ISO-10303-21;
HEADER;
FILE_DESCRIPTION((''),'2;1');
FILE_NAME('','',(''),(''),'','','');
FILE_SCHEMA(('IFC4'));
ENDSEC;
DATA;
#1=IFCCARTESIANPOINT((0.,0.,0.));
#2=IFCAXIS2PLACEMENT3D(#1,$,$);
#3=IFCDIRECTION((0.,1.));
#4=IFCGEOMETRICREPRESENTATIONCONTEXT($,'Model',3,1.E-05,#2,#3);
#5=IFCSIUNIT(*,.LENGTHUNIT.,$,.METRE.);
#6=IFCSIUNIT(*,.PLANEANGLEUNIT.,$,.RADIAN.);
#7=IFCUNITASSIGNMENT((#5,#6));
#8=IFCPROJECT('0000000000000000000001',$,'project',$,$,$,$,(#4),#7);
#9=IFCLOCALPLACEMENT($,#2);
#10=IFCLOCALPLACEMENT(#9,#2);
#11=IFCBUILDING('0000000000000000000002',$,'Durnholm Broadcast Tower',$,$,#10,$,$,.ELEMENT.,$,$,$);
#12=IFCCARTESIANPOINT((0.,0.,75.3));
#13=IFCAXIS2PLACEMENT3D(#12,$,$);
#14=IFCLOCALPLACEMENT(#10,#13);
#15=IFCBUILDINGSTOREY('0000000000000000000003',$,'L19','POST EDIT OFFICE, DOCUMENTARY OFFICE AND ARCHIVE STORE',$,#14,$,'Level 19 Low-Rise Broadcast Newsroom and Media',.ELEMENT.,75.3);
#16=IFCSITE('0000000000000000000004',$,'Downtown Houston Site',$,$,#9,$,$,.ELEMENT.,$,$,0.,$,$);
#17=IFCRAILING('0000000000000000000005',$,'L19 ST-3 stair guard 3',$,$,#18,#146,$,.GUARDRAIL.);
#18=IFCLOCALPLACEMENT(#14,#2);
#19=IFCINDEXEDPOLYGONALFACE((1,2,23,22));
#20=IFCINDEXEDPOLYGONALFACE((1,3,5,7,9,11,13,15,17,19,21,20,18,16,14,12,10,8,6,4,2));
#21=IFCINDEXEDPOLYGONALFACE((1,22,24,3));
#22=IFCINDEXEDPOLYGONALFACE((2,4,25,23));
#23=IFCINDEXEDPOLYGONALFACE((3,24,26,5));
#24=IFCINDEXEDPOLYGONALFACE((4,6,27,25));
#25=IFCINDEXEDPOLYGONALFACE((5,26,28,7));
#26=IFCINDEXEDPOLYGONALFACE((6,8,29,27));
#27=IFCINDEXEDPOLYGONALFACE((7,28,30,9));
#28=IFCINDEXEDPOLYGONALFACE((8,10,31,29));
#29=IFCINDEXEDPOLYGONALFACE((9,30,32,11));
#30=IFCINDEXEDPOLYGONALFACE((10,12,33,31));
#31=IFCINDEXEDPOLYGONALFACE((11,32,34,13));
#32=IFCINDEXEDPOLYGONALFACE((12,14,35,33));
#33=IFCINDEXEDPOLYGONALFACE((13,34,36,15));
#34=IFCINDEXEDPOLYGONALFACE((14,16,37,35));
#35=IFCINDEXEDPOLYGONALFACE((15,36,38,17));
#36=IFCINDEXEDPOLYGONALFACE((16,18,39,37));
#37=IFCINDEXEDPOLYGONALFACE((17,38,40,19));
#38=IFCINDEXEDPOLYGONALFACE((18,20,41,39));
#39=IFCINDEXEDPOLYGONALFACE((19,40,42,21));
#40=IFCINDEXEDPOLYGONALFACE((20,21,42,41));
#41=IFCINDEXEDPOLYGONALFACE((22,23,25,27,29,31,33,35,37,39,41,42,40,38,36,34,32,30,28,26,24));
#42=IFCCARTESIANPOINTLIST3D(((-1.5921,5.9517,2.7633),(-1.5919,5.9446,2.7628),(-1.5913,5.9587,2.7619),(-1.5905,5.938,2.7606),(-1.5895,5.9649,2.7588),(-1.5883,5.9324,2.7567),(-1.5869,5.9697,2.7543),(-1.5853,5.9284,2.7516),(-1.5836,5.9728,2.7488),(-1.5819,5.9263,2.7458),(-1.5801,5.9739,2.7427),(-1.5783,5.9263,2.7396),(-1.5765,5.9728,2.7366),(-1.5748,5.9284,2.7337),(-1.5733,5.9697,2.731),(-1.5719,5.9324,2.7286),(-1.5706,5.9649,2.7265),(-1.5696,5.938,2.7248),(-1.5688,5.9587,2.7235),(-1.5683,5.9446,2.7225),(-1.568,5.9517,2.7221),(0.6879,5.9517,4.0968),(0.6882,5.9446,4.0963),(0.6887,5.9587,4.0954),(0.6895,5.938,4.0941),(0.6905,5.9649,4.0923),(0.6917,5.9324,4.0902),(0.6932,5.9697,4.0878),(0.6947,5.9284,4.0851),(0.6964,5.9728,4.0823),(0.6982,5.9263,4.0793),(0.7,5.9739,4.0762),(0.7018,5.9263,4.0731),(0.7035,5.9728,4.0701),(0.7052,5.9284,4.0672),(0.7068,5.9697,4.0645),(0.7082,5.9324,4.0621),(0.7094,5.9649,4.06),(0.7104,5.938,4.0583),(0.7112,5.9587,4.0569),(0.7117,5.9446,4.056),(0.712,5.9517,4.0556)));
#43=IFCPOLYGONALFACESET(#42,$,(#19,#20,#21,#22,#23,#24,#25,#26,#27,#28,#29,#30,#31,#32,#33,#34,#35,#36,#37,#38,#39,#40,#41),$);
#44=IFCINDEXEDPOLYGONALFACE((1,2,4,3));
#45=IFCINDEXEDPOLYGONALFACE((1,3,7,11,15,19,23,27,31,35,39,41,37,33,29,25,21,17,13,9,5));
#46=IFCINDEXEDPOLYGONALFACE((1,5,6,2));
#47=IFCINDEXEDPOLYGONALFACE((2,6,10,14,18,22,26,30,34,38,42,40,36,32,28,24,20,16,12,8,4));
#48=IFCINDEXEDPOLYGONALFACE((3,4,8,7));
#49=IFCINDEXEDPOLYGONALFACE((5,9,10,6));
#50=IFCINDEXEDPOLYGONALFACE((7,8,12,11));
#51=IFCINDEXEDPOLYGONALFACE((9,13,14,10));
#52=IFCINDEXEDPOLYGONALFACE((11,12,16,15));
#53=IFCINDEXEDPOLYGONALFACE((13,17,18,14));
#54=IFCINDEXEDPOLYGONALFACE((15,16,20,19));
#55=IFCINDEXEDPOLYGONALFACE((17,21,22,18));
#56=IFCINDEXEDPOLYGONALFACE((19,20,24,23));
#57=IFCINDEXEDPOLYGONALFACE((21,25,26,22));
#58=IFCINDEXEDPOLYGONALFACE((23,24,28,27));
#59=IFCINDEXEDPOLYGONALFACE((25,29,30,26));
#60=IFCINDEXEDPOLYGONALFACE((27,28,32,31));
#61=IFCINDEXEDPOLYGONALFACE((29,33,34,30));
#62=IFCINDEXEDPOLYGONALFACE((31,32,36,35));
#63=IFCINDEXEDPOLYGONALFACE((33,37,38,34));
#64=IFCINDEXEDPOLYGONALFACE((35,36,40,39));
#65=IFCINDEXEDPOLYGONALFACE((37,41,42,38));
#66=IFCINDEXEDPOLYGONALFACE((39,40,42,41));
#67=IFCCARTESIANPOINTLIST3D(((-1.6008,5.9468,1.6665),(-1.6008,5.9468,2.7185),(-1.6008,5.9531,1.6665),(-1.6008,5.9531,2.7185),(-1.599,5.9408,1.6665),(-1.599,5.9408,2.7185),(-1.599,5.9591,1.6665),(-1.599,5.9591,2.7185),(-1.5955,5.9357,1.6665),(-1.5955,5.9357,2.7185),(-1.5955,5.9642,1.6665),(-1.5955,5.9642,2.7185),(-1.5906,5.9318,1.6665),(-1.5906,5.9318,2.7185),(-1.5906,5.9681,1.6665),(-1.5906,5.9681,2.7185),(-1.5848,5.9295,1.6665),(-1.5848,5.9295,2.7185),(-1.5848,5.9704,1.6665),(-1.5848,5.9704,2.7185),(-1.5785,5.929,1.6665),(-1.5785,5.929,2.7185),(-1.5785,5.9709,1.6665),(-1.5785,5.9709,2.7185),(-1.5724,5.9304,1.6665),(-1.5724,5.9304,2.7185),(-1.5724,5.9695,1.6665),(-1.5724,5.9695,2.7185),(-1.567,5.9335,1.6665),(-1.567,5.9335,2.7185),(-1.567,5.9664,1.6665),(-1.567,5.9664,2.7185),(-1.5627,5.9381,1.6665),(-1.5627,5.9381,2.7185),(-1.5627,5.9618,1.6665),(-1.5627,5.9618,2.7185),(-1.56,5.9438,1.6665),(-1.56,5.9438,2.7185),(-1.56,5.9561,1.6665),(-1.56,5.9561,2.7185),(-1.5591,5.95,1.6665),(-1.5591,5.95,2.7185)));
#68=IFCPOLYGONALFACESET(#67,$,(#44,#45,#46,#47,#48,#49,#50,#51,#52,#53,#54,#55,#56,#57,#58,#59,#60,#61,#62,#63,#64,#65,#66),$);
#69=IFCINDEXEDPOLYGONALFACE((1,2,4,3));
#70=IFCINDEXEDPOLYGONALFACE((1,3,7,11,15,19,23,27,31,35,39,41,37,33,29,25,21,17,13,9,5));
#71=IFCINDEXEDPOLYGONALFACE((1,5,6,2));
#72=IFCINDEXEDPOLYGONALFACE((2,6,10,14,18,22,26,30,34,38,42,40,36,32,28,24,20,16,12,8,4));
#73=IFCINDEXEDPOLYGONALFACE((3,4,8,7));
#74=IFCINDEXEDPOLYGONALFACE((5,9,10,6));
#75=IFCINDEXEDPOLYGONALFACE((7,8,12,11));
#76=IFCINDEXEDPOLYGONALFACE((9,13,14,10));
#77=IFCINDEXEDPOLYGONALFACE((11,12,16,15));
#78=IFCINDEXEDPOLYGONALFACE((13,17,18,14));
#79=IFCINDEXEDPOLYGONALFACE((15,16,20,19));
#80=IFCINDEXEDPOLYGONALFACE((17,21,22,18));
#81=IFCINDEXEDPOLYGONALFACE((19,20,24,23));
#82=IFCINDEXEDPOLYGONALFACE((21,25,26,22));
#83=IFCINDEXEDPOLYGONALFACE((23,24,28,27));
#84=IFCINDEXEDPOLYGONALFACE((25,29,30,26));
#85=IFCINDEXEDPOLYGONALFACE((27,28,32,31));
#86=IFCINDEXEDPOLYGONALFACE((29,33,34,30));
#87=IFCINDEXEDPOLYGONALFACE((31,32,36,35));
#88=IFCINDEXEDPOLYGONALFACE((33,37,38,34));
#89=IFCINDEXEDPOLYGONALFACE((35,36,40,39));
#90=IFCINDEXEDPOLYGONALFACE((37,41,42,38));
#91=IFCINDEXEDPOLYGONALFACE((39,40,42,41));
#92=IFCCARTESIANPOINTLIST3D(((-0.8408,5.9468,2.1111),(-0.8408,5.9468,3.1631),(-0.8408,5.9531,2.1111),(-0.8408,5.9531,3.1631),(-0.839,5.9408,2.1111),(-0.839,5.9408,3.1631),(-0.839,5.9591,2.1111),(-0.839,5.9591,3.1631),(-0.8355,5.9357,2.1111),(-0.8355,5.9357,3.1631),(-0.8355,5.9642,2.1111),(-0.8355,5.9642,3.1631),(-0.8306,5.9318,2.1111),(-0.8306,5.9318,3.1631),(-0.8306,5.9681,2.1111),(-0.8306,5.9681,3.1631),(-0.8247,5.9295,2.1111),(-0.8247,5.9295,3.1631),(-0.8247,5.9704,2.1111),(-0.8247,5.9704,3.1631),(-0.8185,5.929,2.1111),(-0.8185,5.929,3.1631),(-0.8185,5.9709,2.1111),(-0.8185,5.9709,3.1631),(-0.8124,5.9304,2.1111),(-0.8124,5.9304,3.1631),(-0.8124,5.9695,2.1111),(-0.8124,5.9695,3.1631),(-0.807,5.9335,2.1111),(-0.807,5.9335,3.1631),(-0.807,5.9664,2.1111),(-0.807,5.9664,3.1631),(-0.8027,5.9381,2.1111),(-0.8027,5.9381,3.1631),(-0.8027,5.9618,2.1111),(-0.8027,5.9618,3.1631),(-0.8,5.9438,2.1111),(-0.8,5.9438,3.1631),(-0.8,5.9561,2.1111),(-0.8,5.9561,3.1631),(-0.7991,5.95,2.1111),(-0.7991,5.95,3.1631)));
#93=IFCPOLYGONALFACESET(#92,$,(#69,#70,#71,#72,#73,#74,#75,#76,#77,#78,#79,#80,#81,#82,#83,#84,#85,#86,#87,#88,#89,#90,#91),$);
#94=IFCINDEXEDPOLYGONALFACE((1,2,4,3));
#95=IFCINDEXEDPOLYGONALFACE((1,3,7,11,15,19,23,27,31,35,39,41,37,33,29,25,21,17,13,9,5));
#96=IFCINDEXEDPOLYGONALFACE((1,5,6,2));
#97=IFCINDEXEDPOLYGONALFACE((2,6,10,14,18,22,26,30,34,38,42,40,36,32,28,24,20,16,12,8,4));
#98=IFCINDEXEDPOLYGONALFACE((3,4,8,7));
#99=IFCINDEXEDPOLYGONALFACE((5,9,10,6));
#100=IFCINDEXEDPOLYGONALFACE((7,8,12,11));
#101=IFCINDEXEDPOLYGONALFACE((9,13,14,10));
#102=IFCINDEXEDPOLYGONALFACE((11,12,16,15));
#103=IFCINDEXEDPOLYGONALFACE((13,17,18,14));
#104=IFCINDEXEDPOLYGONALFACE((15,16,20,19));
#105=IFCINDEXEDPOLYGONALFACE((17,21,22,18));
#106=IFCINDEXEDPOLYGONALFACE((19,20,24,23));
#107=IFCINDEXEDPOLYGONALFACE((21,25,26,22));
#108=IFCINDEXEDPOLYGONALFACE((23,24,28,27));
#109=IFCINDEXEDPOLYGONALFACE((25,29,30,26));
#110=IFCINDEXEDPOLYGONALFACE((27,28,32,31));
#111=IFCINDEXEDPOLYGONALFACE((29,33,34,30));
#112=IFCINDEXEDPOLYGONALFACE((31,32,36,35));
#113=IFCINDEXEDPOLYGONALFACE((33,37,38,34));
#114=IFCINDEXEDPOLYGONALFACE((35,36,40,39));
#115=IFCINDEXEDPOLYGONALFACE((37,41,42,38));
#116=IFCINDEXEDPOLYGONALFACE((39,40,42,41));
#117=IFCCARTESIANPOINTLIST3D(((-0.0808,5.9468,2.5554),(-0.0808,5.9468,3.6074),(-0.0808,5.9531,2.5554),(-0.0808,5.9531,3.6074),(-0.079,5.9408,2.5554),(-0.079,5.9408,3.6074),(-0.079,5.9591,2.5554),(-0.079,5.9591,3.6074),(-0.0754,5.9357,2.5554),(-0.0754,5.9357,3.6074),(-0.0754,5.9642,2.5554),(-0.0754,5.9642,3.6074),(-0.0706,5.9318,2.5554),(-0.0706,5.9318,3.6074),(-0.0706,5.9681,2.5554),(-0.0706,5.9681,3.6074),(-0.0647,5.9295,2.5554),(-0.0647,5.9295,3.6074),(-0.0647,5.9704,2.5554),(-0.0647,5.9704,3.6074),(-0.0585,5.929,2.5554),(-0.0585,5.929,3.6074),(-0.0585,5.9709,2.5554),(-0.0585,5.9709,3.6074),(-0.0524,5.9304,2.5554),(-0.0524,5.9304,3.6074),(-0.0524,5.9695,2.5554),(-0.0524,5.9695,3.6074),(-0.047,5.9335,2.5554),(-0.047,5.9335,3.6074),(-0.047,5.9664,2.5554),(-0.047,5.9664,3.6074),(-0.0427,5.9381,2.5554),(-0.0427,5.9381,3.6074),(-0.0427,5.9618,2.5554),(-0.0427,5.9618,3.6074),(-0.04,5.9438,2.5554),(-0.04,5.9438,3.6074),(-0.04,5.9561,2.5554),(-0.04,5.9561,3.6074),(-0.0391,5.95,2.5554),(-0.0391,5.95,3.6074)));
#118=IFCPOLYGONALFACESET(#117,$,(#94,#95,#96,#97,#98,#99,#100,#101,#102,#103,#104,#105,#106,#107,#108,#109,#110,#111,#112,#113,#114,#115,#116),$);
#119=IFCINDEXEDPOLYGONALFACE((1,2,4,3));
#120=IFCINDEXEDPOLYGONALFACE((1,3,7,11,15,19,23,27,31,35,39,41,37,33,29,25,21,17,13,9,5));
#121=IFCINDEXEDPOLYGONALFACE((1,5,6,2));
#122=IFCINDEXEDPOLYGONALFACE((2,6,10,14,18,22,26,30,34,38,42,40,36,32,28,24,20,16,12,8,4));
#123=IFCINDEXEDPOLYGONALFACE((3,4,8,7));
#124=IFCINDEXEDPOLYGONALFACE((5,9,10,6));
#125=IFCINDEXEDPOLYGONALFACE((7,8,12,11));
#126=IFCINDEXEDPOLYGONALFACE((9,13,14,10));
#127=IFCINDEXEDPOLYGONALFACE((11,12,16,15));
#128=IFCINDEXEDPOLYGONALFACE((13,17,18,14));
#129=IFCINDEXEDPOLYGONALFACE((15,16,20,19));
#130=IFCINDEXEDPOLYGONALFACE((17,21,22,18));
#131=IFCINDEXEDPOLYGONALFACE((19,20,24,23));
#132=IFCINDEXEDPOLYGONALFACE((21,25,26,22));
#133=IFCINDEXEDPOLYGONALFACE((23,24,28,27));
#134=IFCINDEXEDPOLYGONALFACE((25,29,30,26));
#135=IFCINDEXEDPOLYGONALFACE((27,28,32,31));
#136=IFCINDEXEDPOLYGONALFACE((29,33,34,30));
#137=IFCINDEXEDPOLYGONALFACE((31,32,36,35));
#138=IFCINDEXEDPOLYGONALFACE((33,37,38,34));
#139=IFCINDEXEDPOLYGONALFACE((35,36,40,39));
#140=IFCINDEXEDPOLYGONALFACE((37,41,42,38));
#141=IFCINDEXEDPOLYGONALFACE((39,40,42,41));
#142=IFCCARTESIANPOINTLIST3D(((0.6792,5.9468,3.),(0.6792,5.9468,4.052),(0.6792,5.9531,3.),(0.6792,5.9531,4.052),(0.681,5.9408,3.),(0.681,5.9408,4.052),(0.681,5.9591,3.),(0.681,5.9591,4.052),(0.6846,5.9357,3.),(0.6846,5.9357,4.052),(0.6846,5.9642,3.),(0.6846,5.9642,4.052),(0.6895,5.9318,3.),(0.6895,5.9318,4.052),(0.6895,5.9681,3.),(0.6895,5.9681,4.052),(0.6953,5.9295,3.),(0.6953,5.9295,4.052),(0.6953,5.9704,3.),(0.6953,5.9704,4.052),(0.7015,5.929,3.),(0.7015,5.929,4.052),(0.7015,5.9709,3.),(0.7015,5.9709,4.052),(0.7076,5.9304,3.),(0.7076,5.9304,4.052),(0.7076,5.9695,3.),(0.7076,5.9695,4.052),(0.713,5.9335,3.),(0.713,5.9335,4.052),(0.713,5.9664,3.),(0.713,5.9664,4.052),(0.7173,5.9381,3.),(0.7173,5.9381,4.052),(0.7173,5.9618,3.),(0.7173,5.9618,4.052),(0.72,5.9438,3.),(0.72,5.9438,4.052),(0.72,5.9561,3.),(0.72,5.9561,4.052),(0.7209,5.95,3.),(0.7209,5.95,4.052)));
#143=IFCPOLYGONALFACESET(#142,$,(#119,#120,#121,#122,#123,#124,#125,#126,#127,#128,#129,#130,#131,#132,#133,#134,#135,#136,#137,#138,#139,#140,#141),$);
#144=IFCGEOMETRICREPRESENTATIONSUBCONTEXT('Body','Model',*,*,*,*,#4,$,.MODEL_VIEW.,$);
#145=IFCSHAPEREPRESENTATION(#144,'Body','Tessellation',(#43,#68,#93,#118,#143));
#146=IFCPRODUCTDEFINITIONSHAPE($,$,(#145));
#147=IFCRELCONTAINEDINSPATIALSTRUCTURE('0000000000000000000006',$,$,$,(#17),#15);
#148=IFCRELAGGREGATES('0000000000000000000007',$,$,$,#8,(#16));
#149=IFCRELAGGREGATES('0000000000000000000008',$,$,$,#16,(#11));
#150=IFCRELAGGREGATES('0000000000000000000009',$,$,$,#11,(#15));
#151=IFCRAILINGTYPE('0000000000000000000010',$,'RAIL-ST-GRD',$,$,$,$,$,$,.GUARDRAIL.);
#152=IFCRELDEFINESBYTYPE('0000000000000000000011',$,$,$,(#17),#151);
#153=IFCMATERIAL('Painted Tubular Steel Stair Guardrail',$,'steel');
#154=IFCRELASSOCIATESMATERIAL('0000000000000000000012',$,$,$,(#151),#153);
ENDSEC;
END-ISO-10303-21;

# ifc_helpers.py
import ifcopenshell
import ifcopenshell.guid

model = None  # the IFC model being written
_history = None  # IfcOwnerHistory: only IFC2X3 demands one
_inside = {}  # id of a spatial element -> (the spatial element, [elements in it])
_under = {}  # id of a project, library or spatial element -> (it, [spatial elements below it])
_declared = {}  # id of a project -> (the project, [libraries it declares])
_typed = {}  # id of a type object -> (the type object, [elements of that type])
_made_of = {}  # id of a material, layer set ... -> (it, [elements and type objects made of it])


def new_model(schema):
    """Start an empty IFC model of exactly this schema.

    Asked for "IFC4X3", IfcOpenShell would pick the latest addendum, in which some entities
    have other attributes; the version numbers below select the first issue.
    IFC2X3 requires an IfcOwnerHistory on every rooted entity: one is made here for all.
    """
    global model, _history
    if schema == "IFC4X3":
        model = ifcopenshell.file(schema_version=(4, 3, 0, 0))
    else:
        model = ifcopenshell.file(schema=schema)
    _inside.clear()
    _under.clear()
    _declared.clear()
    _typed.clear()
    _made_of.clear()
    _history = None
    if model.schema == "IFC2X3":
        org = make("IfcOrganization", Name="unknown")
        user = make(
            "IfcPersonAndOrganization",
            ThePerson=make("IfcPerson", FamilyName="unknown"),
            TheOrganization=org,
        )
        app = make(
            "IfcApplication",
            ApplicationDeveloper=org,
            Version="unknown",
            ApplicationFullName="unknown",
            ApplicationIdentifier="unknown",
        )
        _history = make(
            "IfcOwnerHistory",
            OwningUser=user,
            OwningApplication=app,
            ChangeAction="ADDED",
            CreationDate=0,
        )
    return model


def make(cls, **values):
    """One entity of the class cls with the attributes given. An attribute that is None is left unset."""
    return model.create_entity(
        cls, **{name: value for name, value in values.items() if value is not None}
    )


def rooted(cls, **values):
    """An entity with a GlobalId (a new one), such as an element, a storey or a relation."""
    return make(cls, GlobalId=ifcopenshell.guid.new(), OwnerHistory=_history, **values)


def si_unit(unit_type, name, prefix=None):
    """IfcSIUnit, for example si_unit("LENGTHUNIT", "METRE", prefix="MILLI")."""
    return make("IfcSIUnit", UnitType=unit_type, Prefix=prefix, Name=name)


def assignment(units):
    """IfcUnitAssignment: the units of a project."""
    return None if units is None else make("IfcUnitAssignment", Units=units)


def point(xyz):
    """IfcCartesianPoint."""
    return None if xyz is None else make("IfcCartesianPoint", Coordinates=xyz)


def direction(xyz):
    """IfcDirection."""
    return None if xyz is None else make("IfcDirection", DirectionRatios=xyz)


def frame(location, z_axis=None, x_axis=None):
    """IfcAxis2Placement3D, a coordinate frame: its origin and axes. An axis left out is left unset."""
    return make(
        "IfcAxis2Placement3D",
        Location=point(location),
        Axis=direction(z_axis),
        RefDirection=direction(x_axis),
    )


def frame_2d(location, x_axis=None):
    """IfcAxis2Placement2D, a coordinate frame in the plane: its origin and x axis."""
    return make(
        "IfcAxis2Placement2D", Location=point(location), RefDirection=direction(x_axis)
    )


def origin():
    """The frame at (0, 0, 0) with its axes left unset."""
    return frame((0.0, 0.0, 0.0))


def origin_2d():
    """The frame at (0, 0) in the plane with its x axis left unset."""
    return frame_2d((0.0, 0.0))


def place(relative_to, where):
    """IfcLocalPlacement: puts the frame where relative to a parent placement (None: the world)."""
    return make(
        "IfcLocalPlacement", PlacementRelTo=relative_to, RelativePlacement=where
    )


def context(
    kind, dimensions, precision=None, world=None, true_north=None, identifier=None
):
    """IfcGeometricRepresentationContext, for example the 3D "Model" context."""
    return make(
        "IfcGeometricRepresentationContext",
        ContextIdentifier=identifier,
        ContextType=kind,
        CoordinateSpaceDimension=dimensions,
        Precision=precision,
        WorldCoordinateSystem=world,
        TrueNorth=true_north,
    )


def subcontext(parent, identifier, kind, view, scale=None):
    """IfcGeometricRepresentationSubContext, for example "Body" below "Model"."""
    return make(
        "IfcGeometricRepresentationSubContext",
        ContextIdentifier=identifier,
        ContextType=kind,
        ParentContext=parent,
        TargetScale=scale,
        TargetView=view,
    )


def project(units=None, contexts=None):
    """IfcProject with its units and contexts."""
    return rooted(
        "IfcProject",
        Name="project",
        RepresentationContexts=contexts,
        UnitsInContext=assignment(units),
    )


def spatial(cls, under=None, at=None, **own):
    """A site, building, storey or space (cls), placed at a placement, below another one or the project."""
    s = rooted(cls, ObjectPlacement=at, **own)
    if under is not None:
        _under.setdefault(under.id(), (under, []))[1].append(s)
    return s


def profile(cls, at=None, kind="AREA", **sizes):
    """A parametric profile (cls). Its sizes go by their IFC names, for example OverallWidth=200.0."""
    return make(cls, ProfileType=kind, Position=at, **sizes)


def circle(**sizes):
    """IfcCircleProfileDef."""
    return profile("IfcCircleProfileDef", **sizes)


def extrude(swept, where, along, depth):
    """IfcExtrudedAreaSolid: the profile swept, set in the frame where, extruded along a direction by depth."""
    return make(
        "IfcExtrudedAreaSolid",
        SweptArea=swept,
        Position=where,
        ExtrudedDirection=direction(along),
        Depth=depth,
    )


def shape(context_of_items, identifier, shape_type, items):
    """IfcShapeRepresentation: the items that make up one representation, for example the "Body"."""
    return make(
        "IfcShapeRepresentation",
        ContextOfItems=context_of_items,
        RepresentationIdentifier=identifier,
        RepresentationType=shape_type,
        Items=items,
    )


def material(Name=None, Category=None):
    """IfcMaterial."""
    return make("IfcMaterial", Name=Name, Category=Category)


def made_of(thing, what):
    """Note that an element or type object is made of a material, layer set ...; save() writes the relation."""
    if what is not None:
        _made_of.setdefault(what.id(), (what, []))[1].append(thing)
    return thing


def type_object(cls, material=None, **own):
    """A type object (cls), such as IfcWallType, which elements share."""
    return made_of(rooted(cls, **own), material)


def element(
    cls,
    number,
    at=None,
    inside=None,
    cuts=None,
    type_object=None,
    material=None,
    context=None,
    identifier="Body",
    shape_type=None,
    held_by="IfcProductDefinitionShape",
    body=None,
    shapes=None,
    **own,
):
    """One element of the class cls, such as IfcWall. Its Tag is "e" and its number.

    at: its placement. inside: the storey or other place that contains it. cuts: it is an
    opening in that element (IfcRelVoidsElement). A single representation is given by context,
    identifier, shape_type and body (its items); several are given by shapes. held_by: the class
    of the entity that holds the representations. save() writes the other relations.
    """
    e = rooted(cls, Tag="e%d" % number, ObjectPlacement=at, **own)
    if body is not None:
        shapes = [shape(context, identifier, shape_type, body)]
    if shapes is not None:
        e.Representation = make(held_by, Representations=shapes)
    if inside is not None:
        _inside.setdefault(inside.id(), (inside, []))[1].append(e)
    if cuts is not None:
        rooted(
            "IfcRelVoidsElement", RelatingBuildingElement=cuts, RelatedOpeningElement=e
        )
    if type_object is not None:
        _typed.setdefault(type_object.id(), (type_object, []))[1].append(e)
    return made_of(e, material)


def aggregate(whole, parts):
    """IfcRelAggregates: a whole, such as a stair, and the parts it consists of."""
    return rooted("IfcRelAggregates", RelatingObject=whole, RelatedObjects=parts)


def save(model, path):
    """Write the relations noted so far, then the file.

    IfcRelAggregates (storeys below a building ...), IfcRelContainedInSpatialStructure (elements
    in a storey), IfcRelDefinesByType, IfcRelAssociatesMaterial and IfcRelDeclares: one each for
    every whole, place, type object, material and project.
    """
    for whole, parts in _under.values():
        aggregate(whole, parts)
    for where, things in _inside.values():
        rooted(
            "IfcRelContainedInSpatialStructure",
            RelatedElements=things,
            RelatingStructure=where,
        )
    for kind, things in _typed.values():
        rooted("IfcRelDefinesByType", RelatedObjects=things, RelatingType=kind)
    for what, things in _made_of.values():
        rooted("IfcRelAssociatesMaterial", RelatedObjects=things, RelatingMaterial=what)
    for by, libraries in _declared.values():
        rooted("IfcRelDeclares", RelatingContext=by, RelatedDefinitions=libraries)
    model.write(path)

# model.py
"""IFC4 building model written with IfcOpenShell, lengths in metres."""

from ifc_helpers import new_model, si_unit, direction, frame, origin, origin_2d, place, context, subcontext, project, spatial, circle, extrude, material, type_object, element, save


model = new_model("IFC4")

# Units and contexts
model_context = context("Model", 3, precision=1e-05, world=origin(), true_north=direction((0.0, 1.0)))
body_context = subcontext(model_context, "Body", "Model", "MODEL_VIEW")
ifc_project = project(units=[si_unit("LENGTHUNIT", "METRE"), si_unit("PLANEANGLEUNIT", "RADIAN")], contexts=[model_context])

# Site, building, storey
site_placement = place(None, origin())
site = spatial("IfcSite", under=ifc_project, at=site_placement, Name="Downtown Houston Site", CompositionType="ELEMENT", RefElevation=0.0)
building_placement = place(site_placement, origin())
building = spatial("IfcBuilding", under=site, at=building_placement, Name="Durnholm Broadcast Tower", CompositionType="ELEMENT")
storey_placement = place(building_placement, frame((0.0, 0.0, 75.3)))
storey = spatial("IfcBuildingStorey", under=building, at=storey_placement, Name="L19", Description="POST EDIT OFFICE, DOCUMENTARY OFFICE AND ARCHIVE STORE", LongName="Level 19 Low-Rise Broadcast Newsroom and Media", CompositionType="ELEMENT", Elevation=75.3)

# Railing
ifc_material_1 = material(Name="Painted Tubular Steel Stair Guardrail", Category="steel")
railing_type_1 = type_object("IfcRailingType", Name="RAIL-ST-GRD", PredefinedType="GUARDRAIL", material=ifc_material_1)
railing_1_placement = place(storey_placement, frame((-1.5801, 5.95, 1.6665)))
element("IfcRailing", 1, at=railing_1_placement, inside=storey, type_object=railing_type_1, Name="L19 ST-3 stair guard 3", PredefinedType="GUARDRAIL", context=body_context, shape_type="SweptSolid", body=[
    extrude(circle(Radius=0.0239, at=origin_2d()), frame((0.0, 0.0, 1.0762), z_axis=(0.863205, 0.0, 0.504853), x_axis=(0.0, 1.0, 0.0)), (0.0, 0.0, 1.0), 2.6414),
    extrude(circle(Radius=0.021, at=origin_2d()), origin(), (0.0, 0.0, 1.0), 1.052),
    extrude(circle(Radius=0.021, at=origin_2d()), frame((0.76, 0.0, 0.4446)), (0.0, 0.0, 1.0), 1.052),
    extrude(circle(Radius=0.021, at=origin_2d()), frame((1.52, 0.0, 0.8889)), (0.0, 0.0, 1.0), 1.052),
    extrude(circle(Radius=0.021, at=origin_2d()), frame((2.28, 0.0, 1.3335)), (0.0, 0.0, 1.0), 1.052),
])

save(model, "model.ifc")
